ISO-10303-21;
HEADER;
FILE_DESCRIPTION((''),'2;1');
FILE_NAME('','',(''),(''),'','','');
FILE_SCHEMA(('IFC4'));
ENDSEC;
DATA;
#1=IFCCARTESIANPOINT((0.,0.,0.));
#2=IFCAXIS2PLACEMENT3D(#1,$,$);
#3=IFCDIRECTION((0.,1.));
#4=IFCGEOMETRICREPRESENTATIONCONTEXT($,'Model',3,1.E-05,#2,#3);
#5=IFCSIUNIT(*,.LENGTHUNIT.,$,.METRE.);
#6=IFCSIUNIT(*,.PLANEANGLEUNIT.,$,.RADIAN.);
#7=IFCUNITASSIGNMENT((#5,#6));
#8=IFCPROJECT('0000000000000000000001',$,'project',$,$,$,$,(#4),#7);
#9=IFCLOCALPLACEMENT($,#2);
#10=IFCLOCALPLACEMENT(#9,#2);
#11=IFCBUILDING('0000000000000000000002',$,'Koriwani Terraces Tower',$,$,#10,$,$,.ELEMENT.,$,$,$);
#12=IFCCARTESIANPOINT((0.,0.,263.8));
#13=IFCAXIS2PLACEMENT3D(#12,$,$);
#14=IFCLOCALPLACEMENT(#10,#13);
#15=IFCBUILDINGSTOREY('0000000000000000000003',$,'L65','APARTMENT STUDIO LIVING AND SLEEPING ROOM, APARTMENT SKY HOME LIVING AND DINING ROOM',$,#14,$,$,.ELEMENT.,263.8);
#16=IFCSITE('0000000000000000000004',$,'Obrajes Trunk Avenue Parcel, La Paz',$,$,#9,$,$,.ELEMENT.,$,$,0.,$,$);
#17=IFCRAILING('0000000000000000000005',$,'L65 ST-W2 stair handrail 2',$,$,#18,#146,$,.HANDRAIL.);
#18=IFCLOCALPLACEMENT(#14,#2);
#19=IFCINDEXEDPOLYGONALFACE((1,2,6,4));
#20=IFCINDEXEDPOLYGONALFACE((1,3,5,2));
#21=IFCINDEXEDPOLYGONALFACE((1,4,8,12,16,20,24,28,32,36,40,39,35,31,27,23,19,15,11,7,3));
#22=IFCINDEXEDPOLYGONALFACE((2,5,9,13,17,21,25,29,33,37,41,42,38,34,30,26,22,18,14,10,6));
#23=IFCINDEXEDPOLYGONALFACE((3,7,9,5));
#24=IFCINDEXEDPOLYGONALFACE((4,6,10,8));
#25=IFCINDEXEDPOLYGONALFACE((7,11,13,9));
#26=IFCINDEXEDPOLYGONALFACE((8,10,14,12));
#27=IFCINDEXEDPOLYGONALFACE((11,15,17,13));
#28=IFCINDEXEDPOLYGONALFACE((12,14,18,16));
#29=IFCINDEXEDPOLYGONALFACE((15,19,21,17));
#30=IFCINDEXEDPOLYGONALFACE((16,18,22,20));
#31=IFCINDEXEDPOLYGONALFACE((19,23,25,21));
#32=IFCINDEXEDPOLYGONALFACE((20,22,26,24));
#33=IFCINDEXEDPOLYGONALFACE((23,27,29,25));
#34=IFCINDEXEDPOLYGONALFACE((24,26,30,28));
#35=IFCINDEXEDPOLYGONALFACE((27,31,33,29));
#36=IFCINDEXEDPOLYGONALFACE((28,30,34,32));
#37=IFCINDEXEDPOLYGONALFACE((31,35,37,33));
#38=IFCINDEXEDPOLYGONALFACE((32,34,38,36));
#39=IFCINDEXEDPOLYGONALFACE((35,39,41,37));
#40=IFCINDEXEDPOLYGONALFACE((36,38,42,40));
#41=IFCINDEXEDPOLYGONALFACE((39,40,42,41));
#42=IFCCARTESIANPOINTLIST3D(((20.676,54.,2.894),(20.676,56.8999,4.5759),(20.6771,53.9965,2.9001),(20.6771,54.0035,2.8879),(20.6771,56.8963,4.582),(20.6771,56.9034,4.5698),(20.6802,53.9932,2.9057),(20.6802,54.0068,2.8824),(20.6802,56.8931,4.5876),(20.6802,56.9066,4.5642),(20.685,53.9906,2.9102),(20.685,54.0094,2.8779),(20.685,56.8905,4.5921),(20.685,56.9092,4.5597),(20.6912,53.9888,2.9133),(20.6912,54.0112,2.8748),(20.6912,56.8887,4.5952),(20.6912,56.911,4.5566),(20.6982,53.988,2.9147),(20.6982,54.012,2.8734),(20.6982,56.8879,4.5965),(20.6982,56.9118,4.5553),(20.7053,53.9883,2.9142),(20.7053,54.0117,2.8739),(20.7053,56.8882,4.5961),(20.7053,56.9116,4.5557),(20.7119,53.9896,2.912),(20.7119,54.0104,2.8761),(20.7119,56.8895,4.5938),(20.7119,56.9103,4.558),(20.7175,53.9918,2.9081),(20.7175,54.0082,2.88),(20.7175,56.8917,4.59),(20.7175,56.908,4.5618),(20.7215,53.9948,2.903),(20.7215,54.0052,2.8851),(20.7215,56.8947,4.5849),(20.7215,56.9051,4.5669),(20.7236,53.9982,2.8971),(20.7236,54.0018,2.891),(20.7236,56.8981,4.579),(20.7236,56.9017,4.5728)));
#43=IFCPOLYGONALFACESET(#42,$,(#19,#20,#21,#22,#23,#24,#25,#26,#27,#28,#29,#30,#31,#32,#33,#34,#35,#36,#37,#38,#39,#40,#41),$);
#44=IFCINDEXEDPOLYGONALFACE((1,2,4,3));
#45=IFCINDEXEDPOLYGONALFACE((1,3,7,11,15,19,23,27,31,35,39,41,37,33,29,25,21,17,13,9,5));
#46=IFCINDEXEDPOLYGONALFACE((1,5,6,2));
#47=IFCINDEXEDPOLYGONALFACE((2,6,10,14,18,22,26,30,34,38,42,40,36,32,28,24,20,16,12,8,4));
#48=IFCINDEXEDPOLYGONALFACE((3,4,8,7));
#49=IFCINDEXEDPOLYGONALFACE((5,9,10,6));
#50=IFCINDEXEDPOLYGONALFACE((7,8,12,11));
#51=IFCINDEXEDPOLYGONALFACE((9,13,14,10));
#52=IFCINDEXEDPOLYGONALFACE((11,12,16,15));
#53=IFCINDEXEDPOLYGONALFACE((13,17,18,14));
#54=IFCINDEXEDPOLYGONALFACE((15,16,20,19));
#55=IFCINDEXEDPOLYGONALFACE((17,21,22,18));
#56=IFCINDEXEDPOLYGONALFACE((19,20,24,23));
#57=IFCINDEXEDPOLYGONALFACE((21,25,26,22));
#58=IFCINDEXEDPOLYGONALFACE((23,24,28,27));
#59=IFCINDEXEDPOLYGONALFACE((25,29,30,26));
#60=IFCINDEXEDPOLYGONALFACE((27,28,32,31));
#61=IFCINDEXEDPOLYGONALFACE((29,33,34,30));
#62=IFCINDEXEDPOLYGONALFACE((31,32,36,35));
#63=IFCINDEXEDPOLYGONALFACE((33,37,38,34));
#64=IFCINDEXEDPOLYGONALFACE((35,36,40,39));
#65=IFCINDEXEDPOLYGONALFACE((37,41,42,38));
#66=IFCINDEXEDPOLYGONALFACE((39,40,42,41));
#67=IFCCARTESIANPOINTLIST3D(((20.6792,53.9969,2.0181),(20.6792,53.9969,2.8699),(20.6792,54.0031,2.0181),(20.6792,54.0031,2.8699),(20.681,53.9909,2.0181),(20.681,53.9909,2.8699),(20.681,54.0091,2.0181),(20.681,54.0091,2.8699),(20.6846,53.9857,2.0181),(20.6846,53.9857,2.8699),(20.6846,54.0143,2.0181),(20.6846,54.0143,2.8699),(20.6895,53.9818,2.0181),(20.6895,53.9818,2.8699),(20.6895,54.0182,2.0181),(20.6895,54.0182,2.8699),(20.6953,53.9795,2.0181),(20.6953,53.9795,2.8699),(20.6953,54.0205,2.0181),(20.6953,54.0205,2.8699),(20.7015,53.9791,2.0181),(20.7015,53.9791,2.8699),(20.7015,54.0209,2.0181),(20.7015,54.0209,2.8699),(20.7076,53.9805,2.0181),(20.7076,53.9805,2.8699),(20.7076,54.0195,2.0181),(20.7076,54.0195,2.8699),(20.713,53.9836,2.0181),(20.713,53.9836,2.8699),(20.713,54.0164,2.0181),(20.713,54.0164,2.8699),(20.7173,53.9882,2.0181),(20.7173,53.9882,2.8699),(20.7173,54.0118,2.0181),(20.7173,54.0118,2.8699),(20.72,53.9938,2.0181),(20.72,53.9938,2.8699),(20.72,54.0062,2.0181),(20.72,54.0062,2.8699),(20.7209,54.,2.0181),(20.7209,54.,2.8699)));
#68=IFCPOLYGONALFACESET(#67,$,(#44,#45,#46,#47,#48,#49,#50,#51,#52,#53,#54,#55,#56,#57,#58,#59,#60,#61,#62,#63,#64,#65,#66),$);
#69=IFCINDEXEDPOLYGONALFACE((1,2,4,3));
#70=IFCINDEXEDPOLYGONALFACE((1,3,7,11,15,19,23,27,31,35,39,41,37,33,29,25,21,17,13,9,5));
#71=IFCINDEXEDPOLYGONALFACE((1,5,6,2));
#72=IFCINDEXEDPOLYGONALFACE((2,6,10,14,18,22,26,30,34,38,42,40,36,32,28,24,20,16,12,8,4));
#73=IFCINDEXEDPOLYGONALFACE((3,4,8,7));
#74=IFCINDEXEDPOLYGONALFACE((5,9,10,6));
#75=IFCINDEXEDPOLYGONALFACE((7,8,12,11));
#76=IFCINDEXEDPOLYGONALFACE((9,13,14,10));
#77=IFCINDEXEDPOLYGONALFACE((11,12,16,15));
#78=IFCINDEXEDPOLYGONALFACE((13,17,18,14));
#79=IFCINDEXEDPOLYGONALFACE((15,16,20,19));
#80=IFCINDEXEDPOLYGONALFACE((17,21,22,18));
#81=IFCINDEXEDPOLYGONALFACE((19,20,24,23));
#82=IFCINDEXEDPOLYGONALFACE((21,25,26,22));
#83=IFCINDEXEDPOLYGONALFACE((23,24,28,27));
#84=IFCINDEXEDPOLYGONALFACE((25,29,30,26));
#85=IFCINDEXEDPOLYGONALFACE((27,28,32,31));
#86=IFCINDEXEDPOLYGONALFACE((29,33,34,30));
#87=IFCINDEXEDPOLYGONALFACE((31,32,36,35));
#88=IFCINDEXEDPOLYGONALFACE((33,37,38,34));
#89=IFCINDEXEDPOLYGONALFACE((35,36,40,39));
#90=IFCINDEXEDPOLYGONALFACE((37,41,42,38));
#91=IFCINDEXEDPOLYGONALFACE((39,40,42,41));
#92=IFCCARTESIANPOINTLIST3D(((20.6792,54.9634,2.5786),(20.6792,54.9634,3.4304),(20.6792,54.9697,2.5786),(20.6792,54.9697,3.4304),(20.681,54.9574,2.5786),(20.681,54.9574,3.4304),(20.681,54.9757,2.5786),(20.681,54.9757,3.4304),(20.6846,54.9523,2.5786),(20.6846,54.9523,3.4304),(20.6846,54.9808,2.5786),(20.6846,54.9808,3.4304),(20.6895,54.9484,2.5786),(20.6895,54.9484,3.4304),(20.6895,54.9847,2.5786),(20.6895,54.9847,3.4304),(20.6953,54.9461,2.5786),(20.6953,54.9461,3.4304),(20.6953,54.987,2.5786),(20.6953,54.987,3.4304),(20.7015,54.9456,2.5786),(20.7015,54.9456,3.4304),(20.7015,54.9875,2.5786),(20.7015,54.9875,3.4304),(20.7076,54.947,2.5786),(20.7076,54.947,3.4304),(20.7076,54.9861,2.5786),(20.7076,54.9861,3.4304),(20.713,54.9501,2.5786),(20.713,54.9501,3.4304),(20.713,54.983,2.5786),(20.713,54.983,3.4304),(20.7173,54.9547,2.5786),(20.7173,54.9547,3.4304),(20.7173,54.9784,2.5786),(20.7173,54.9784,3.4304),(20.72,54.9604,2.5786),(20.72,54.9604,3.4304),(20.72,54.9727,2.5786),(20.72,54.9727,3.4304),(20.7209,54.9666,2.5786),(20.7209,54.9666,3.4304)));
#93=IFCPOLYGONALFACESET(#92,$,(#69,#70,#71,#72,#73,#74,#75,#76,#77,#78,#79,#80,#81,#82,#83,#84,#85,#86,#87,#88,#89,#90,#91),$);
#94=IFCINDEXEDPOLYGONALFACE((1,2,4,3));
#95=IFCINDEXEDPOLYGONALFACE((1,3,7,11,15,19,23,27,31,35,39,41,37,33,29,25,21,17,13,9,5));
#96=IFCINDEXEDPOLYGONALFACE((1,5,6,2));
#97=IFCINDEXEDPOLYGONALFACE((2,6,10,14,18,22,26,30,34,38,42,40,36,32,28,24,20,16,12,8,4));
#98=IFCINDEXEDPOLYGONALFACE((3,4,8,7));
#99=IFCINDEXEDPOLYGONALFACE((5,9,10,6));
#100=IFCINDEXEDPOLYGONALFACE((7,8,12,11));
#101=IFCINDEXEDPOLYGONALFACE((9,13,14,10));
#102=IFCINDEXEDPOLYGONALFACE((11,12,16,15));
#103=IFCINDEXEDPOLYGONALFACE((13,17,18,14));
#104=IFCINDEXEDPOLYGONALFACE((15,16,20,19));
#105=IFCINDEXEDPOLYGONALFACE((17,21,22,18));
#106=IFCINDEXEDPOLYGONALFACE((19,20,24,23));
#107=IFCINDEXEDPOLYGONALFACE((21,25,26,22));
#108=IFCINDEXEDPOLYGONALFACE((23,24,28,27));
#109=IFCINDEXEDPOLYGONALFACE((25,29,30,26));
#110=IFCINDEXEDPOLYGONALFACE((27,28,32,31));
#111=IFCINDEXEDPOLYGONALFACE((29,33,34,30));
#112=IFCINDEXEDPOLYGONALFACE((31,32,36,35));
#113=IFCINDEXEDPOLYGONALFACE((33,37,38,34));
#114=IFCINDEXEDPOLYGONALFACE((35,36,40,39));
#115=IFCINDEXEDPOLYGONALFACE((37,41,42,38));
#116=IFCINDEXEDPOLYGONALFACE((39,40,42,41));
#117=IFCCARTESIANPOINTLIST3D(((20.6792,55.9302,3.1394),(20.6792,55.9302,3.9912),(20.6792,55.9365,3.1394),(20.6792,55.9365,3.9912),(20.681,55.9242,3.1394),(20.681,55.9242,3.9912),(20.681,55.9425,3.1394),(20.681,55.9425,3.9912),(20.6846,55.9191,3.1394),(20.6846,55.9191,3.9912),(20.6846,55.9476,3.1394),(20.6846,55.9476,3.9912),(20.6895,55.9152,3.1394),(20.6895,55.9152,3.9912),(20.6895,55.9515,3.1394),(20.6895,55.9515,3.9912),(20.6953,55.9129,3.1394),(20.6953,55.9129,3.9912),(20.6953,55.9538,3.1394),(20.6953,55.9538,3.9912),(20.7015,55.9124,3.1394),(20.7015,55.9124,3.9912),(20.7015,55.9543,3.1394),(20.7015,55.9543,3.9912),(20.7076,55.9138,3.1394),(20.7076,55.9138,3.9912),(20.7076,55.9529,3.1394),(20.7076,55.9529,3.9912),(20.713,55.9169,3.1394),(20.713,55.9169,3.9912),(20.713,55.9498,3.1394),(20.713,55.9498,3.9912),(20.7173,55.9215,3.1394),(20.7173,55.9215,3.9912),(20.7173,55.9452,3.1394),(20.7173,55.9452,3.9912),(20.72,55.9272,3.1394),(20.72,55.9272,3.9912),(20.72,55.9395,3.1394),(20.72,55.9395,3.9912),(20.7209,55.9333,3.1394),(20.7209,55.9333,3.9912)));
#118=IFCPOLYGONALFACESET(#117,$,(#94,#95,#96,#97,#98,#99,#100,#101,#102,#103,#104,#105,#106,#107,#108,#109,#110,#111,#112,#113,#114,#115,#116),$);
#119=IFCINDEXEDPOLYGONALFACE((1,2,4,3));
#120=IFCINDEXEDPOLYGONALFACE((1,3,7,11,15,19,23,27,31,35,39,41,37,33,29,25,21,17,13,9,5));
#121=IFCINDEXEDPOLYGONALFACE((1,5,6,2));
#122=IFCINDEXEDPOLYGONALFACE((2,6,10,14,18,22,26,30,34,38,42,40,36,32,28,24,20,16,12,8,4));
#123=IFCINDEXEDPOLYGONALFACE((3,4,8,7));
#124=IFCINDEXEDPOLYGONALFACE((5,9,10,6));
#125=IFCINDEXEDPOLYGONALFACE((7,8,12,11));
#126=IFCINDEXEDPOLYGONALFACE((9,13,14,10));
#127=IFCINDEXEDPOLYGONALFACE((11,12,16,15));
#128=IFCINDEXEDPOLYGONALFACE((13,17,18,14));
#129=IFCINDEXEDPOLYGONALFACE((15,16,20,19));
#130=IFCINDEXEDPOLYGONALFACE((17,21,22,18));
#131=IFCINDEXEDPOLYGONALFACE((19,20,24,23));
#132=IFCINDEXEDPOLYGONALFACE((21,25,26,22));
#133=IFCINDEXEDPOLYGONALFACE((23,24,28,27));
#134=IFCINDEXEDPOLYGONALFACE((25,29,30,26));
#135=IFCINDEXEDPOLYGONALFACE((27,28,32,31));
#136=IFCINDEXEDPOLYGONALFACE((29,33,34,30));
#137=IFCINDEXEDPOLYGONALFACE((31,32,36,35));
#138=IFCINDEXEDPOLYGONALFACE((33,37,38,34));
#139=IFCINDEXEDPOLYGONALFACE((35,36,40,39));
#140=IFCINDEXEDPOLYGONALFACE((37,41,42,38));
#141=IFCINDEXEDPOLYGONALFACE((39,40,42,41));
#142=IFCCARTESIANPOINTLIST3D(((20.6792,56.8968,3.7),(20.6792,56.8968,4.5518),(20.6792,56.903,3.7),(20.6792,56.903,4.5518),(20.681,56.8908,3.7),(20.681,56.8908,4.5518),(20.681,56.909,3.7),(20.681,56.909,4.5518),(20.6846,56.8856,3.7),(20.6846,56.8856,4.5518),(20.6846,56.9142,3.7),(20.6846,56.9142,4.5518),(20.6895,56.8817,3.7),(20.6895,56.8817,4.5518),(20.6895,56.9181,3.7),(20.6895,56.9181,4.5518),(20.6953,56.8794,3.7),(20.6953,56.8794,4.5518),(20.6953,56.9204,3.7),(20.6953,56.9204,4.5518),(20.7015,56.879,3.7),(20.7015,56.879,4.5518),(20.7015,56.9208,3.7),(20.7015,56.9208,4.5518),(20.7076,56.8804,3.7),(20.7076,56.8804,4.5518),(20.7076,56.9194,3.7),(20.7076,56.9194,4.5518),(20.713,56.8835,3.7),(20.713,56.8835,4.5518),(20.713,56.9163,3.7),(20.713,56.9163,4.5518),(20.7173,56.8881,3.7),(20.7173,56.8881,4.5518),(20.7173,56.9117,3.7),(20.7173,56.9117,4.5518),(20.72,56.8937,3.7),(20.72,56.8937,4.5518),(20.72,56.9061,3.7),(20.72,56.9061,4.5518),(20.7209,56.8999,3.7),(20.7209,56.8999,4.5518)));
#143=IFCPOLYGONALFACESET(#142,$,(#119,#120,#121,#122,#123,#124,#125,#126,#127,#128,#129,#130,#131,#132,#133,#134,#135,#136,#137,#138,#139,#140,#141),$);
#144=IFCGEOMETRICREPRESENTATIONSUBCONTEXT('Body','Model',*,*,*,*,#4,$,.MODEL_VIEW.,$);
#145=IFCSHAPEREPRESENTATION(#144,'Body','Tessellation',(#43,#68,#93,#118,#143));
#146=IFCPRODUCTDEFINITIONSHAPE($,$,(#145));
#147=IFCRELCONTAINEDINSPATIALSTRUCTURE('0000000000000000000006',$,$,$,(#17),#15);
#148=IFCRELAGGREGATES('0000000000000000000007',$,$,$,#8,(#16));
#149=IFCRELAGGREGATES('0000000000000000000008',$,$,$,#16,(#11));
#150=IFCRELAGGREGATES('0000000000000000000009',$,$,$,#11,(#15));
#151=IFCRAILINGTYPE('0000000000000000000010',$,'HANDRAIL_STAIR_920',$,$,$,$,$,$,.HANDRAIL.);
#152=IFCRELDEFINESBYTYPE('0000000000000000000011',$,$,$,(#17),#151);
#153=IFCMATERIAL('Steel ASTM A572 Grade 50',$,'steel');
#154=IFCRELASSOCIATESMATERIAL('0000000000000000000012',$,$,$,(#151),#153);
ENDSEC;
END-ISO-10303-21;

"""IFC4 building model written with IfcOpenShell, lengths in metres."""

from ifc_helpers import new_model, si_unit, direction, frame, origin, origin_2d, place, context, subcontext, project, spatial, circle, extrude, material, type_object, element, save


model = new_model("IFC4")

# Units and contexts
model_context = context("Model", 3, precision=1e-05, world=origin(), true_north=direction((0.0, 1.0)))
body_context = subcontext(model_context, "Body", "Model", "MODEL_VIEW")
ifc_project = project(units=[si_unit("LENGTHUNIT", "METRE"), si_unit("PLANEANGLEUNIT", "RADIAN")], contexts=[model_context])

# Site, building, storey
site_placement = place(None, origin())
site = spatial("IfcSite", under=ifc_project, at=site_placement, Name="Obrajes Trunk Avenue Parcel, La Paz", CompositionType="ELEMENT", RefElevation=0.0)
building_placement = place(site_placement, origin())
building = spatial("IfcBuilding", under=site, at=building_placement, Name="Koriwani Terraces Tower", CompositionType="ELEMENT")
storey_placement = place(building_placement, frame((0.0, 0.0, 263.8)))
storey = spatial("IfcBuildingStorey", under=building, at=storey_placement, Name="L65", Description="APARTMENT STUDIO LIVING AND SLEEPING ROOM, APARTMENT SKY HOME LIVING AND DINING ROOM", CompositionType="ELEMENT", Elevation=263.8)

# Shared definitions
ifc_material_1 = material(Name="Steel ASTM A572 Grade 50", Category="steel")

# Railing
railing_type_1 = type_object("IfcRailingType", Name="HANDRAIL_STAIR_920", PredefinedType="HANDRAIL", material=ifc_material_1)
railing_1_placement = place(storey_placement, frame((20.7, 54.0, 2.0181)))
element("IfcRailing", 1, at=railing_1_placement, inside=storey, type_object=railing_type_1, Name="L65 ST-W2 stair handrail 2", PredefinedType="HANDRAIL", context=body_context, shape_type="SweptSolid", body=[
    extrude(circle(Radius=0.0239, at=origin_2d()), frame((0.0, 0.0, 0.876), z_axis=(0.0, 0.865039, 0.501705), x_axis=(-1.0, 0.0, 0.0)), (0.0, 0.0, 1.0), 3.3523),
    extrude(circle(Radius=0.021, at=origin_2d()), origin(), (0.0, 0.0, 1.0), 0.8518),
    extrude(circle(Radius=0.021, at=origin_2d()), frame((0.0, 0.9666, 0.5605)), (0.0, 0.0, 1.0), 0.8518),
    extrude(circle(Radius=0.021, at=origin_2d()), frame((0.0, 1.9333, 1.1213)), (0.0, 0.0, 1.0), 0.8518),
    extrude(circle(Radius=0.021, at=origin_2d()), frame((0.0, 2.8999, 1.6819)), (0.0, 0.0, 1.0), 0.8518),
])

save(model, "model.ifc")
